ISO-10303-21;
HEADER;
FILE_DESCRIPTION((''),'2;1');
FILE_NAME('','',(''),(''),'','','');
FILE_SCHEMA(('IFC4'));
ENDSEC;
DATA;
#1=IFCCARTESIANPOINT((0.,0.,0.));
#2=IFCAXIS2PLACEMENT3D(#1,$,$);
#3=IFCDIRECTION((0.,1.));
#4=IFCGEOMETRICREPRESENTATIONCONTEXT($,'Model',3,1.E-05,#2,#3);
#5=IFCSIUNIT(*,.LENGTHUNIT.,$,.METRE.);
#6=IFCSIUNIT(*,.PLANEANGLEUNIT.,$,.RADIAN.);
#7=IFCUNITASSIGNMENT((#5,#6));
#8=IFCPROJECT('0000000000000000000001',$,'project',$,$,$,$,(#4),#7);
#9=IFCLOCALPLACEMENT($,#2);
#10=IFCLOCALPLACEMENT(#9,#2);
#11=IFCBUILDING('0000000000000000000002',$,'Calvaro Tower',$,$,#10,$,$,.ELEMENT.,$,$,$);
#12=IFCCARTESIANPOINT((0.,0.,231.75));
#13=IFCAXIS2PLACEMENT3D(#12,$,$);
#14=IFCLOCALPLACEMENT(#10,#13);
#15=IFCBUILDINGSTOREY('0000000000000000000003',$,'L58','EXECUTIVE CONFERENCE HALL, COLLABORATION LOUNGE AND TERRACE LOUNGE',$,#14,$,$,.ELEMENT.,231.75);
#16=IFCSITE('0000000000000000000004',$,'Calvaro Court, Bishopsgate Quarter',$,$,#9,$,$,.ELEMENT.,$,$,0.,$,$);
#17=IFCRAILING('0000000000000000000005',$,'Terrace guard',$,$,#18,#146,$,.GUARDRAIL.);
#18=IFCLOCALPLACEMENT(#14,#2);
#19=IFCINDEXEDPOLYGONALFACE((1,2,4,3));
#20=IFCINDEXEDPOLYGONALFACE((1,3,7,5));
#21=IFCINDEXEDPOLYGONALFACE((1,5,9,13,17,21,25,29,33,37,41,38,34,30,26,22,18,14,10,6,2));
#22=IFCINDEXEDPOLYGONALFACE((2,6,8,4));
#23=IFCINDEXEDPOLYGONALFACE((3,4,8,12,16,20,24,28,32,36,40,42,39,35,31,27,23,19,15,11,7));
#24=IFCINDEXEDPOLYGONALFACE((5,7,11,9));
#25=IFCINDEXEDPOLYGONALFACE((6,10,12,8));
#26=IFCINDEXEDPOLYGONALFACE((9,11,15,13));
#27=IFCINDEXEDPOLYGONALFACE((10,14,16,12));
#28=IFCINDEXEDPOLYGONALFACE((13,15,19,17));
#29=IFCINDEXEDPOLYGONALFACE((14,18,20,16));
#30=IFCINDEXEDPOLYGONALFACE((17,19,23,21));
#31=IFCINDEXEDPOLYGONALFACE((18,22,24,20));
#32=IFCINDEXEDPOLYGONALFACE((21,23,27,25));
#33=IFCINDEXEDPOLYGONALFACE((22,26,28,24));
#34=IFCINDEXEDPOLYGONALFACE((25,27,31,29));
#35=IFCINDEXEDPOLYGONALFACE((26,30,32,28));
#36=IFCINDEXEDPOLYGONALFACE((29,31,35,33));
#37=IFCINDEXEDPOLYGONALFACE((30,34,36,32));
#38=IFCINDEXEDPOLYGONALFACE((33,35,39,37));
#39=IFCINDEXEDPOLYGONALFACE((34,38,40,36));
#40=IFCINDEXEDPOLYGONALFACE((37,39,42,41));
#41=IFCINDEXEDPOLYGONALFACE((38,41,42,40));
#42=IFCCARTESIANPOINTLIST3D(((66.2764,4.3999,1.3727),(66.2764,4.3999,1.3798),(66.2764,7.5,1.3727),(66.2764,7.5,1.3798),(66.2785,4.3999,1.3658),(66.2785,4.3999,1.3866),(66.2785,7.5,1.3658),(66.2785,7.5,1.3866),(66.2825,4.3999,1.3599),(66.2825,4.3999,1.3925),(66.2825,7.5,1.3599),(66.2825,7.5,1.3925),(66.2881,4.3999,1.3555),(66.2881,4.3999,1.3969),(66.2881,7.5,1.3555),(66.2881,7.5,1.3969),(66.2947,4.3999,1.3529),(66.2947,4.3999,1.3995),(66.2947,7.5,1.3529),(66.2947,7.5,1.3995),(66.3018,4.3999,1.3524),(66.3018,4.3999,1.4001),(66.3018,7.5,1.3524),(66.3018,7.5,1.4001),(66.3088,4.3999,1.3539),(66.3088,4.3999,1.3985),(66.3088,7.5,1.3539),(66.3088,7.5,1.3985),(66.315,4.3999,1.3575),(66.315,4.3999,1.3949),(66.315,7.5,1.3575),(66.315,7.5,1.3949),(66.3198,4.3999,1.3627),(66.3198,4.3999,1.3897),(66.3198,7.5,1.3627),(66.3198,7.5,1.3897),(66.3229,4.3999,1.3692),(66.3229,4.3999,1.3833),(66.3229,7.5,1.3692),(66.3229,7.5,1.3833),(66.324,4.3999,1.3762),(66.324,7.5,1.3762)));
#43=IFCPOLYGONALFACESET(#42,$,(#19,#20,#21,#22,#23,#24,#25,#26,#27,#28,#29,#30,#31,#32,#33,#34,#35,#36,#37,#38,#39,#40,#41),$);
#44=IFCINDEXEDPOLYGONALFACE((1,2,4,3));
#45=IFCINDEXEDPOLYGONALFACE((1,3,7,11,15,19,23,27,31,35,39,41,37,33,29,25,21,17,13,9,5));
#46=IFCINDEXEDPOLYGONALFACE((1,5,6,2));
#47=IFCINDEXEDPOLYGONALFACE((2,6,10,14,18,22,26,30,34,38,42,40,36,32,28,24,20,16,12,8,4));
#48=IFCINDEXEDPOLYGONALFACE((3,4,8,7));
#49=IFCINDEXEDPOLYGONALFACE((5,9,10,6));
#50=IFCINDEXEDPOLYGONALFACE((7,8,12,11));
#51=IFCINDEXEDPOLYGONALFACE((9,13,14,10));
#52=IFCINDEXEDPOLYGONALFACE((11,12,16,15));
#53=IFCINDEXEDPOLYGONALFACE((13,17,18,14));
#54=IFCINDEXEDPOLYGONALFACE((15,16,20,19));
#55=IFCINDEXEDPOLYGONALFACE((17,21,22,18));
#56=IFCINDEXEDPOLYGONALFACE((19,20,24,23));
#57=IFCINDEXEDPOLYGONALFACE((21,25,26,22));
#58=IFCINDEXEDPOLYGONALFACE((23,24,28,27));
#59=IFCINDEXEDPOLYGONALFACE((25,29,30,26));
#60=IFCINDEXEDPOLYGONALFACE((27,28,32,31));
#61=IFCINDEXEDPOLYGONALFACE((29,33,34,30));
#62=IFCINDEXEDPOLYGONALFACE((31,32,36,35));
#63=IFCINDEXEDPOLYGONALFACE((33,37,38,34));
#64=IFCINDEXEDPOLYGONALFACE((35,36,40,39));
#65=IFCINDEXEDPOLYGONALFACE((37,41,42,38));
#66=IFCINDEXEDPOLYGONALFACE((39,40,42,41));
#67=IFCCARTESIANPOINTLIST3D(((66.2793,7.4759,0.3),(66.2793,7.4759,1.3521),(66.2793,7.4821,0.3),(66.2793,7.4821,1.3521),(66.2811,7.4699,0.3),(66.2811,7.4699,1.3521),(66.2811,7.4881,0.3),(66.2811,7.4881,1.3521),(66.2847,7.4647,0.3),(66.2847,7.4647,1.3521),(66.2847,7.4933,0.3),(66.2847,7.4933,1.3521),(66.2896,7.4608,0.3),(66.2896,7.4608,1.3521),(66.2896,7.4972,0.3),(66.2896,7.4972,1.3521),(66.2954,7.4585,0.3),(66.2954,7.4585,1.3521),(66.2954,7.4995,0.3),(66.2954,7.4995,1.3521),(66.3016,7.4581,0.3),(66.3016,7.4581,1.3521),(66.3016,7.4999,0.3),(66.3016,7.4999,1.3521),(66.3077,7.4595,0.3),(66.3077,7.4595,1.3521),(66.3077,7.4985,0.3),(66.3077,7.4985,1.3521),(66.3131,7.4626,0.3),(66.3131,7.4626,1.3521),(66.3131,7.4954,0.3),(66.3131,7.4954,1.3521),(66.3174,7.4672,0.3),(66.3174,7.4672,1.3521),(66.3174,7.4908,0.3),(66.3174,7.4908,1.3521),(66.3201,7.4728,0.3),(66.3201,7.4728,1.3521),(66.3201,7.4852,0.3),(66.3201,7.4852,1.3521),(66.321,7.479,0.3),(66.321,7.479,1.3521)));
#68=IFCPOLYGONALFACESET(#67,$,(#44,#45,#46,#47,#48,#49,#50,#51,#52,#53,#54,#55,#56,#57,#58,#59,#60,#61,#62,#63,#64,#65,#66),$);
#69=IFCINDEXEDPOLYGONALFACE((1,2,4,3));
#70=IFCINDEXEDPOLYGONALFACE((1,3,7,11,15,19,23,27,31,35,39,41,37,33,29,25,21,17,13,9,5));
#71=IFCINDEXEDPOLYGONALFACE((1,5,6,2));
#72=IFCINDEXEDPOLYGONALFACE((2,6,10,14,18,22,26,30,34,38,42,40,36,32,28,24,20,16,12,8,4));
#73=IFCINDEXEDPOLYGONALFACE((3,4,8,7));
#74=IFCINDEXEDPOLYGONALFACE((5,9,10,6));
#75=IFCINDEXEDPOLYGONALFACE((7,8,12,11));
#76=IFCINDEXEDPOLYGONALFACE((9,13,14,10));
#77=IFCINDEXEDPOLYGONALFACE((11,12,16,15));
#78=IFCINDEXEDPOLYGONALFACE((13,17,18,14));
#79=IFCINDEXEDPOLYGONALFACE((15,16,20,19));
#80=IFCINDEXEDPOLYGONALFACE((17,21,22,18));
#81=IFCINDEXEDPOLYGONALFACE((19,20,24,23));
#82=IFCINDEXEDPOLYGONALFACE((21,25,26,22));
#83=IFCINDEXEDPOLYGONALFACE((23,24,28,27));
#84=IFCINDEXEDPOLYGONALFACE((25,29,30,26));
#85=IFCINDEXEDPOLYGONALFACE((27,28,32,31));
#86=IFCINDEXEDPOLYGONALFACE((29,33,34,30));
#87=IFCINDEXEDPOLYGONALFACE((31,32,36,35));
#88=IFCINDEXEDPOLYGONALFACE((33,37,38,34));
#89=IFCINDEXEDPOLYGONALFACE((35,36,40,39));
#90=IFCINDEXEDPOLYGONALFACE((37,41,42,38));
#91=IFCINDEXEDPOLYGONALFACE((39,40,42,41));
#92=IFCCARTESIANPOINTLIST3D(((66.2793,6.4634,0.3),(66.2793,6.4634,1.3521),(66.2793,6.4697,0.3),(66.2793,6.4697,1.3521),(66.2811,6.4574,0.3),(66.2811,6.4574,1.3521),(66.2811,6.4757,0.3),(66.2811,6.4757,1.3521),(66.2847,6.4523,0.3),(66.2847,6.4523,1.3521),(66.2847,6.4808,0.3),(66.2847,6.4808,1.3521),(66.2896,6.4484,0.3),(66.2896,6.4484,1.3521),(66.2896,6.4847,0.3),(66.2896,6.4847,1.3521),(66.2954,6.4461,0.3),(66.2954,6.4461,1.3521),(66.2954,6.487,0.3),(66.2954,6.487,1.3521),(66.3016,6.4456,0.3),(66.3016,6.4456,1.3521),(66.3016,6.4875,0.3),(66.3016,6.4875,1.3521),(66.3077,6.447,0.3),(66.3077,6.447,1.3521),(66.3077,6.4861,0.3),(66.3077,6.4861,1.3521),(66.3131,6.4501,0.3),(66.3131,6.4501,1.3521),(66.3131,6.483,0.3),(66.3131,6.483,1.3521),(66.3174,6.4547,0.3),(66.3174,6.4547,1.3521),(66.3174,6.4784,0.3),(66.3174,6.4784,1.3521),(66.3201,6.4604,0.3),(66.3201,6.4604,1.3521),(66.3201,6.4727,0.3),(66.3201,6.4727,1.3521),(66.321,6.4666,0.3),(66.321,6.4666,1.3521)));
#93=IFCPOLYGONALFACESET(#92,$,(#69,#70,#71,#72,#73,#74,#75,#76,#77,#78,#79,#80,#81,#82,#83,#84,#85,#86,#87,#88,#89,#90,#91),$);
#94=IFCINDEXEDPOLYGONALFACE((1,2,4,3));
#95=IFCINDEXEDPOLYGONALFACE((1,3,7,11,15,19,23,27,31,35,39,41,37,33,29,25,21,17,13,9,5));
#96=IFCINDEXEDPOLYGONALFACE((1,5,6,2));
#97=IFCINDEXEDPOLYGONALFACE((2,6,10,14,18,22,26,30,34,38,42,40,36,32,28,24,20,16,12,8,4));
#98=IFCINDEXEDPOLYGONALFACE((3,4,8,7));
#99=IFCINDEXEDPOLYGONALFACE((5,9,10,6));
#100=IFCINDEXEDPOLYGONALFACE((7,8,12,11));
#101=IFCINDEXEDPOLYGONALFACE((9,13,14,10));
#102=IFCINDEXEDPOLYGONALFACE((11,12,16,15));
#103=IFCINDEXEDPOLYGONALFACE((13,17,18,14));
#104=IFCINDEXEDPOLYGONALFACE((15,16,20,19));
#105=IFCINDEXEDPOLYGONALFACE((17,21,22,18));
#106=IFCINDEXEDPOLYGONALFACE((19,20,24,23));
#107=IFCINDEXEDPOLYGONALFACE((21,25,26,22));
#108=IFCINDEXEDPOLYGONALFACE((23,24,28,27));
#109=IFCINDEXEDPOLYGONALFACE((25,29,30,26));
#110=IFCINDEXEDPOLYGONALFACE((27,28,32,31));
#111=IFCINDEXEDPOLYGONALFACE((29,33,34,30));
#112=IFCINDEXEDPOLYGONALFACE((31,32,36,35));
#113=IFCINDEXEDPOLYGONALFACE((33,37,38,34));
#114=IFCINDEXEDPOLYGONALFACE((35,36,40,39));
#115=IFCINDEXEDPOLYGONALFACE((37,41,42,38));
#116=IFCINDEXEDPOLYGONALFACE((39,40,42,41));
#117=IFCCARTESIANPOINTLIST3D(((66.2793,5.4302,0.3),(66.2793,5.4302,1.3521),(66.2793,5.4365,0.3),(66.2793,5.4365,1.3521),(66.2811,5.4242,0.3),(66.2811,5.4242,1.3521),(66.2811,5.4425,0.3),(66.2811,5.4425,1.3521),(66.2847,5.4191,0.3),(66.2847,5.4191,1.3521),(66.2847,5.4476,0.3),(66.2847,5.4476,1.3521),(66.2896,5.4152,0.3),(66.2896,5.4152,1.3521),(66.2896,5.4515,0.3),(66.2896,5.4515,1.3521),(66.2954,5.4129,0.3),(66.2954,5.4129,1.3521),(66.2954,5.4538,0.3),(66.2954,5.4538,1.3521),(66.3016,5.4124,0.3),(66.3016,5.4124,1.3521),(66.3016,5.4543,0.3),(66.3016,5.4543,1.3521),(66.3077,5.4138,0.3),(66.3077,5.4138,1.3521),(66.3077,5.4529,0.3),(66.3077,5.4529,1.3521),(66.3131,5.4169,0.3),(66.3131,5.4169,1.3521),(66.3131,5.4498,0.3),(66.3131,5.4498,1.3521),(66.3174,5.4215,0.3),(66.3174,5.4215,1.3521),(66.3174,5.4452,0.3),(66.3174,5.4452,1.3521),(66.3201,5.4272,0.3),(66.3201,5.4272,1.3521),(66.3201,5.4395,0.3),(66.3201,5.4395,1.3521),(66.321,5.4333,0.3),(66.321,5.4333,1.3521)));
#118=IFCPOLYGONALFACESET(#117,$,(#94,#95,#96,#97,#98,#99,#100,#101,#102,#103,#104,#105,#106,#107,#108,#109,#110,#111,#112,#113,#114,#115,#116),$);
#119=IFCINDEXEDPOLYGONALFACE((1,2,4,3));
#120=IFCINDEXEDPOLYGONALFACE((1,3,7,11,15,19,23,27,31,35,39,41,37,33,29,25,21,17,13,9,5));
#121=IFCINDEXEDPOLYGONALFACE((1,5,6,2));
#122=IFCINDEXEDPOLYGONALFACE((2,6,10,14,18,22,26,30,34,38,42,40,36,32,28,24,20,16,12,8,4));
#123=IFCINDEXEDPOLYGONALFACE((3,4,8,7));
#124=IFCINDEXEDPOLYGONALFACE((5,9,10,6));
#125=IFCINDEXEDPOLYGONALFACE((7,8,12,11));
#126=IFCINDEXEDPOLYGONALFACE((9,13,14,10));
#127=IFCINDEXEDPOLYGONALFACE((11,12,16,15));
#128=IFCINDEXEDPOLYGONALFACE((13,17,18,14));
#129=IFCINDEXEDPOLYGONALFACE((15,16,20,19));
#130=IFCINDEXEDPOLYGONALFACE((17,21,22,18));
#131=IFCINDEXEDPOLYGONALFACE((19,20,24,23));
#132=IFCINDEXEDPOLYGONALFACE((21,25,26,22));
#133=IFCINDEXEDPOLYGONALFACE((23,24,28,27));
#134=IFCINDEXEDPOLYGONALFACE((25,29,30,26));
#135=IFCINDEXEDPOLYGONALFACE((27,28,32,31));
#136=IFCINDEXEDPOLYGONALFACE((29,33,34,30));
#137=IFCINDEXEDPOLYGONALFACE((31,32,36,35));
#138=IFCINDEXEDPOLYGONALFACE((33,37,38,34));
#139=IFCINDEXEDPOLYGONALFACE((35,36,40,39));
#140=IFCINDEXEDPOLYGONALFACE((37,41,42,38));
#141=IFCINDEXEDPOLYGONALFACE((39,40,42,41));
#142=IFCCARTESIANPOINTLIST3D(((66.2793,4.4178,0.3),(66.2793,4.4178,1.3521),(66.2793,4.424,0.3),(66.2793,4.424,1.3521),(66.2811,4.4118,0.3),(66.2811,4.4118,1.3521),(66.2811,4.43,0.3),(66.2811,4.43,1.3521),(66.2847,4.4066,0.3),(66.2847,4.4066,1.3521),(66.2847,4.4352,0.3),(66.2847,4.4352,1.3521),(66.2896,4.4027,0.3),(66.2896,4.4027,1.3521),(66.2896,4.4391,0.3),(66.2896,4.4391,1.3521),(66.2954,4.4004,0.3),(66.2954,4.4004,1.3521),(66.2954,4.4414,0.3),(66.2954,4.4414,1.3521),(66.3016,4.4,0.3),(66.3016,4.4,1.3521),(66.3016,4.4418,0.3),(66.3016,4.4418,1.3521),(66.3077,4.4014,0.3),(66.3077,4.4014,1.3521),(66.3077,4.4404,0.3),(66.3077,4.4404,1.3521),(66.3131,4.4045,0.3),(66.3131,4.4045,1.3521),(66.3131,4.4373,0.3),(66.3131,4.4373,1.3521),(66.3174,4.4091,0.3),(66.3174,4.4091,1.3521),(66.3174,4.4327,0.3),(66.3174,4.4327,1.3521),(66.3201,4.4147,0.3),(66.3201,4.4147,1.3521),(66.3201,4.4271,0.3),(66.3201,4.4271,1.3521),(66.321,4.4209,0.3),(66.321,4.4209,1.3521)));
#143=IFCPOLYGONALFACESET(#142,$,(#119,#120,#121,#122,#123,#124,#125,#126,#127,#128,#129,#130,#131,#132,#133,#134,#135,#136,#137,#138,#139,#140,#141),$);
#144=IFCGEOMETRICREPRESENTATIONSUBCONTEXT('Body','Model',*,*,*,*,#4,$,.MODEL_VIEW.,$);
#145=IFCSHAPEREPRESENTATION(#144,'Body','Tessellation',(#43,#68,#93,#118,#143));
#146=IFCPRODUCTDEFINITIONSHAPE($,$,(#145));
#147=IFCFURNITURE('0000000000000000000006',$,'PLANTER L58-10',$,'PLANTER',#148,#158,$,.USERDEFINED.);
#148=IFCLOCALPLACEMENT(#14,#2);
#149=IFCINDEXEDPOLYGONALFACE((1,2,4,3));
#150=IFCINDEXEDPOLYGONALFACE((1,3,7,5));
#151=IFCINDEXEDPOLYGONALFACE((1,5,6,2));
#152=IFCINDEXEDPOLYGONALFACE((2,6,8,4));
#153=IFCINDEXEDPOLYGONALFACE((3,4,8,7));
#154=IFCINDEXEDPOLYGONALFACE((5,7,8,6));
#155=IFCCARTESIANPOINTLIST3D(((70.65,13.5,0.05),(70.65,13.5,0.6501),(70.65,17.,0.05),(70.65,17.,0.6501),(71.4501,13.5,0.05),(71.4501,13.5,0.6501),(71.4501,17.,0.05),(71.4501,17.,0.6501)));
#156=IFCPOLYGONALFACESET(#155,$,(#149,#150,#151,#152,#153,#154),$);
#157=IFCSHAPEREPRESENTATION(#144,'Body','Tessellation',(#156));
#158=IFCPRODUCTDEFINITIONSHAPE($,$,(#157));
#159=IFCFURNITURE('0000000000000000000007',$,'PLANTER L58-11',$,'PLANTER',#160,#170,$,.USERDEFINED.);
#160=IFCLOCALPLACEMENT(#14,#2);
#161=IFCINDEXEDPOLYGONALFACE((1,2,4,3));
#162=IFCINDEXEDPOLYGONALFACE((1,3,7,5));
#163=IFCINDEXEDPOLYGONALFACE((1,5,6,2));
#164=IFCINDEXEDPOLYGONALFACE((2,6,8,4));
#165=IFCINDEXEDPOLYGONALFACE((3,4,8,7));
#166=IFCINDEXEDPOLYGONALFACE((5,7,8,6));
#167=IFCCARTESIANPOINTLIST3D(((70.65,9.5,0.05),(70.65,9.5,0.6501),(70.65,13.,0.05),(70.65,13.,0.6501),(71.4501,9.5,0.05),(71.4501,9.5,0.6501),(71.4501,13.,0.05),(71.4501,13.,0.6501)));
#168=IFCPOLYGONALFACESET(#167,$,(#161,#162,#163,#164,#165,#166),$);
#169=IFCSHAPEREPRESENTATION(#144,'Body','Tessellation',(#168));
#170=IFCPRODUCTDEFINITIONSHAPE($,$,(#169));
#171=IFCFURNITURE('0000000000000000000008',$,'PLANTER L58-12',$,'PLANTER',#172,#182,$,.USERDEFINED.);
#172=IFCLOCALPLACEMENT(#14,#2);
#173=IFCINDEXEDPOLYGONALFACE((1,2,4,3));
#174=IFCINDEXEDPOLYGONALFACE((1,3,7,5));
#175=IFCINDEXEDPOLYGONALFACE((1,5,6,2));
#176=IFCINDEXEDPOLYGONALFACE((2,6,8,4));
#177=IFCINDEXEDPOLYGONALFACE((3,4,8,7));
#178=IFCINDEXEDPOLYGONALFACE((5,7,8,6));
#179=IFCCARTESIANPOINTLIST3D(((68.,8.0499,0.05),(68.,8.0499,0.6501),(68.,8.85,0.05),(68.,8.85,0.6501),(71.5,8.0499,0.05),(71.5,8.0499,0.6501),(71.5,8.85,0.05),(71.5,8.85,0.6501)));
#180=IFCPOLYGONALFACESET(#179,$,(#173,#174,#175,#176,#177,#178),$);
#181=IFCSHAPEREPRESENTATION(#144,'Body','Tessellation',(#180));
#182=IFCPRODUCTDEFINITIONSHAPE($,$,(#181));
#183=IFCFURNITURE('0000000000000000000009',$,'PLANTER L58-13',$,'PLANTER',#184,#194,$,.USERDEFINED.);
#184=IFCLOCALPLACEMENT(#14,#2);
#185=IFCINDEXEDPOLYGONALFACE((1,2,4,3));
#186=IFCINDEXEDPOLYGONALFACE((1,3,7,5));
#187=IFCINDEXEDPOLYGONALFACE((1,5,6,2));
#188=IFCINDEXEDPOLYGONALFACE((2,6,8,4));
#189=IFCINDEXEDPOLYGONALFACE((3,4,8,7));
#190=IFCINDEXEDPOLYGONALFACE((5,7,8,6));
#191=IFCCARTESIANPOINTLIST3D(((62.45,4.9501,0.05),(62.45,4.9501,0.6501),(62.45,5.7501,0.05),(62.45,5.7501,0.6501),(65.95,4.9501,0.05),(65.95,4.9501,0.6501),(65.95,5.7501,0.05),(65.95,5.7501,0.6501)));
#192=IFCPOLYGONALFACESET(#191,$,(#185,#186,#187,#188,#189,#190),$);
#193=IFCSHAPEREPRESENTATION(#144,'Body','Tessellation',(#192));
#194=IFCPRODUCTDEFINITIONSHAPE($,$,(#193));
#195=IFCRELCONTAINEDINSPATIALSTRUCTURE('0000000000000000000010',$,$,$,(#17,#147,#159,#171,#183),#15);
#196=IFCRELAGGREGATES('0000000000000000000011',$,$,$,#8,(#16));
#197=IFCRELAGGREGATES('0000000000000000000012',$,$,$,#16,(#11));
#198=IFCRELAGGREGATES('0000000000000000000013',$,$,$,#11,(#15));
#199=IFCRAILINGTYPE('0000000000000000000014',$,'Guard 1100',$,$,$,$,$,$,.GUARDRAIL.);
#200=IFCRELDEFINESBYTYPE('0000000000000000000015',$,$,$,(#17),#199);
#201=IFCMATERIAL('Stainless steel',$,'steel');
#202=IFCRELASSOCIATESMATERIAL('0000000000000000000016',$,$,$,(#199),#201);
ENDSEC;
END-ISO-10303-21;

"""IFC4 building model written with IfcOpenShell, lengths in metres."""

from ifc_helpers import new_model, si_unit, direction, frame, origin, origin_2d, place, context, subcontext, project, spatial, rectangle, circle, extrude, material, type_object, element, save


model = new_model("IFC4")

# Units and contexts
model_context = context("Model", 3, precision=1e-05, world=origin(), true_north=direction((0.0, 1.0)))
body_context = subcontext(model_context, "Body", "Model", "MODEL_VIEW")
ifc_project = project(units=[si_unit("LENGTHUNIT", "METRE"), si_unit("PLANEANGLEUNIT", "RADIAN")], contexts=[model_context])

# Site, building, storey
site_placement = place(None, origin())
site = spatial("IfcSite", under=ifc_project, at=site_placement, Name="Calvaro Court, Bishopsgate Quarter", CompositionType="ELEMENT", RefElevation=0.0)
building_placement = place(site_placement, origin())
building = spatial("IfcBuilding", under=site, at=building_placement, Name="Calvaro Tower", CompositionType="ELEMENT")
storey_placement = place(building_placement, frame((0.0, 0.0, 231.75)))
storey = spatial("IfcBuildingStorey", under=building, at=storey_placement, Name="L58", Description="EXECUTIVE CONFERENCE HALL, COLLABORATION LOUNGE AND TERRACE LOUNGE", CompositionType="ELEMENT", Elevation=231.75)

# Railing
ifc_material_1 = material(Name="Stainless steel", Category="steel")
railing_type = type_object("IfcRailingType", Name="Guard 1100", PredefinedType="GUARDRAIL", material=ifc_material_1)
railing_1_placement = place(storey_placement, frame((66.3, 7.5, 0.3)))
element("IfcRailing", 1, at=railing_1_placement, inside=storey, type_object=railing_type, Name="Terrace guard", PredefinedType="GUARDRAIL", context=body_context, shape_type="SweptSolid", body=[
    extrude(circle(Radius=0.0239, at=origin_2d()), frame((0.0, 0.0, 1.0762), z_axis=(0.0, -1.0, 0.0), x_axis=(1.0, 0.0, 0.0)), (0.0, 0.0, 1.0), 3.1001),
    extrude(circle(Radius=0.021, at=origin_2d()), frame((0.0, -0.021, 0.0)), (0.0, 0.0, 1.0), 1.052),
    extrude(circle(Radius=0.021, at=origin_2d()), frame((0.0, -1.0334, 0.0)), (0.0, 0.0, 1.0), 1.052),
    extrude(circle(Radius=0.021, at=origin_2d()), frame((0.0, -2.0667, 0.0)), (0.0, 0.0, 1.0), 1.052),
    extrude(circle(Radius=0.021, at=origin_2d()), frame((0.0, -3.0791, 0.0)), (0.0, 0.0, 1.0), 1.052),
])

# Furniture
for number, where, z_axis, x_axis, name in (
    (2, (71.05, 15.25, 0.05), (0.0, 0.0, 1.0), (1.0, 0.0, 0.0), "PLANTER L58-10"),
    (3, (71.05, 11.25, 0.05), (0.0, 0.0, 1.0), (1.0, 0.0, 0.0), "PLANTER L58-11"),
):
    element("IfcFurniture", number, at=place(storey_placement, frame(where, z_axis=z_axis, x_axis=x_axis)), inside=storey, Name=name, ObjectType="PLANTER", PredefinedType="USERDEFINED", context=body_context, shape_type="SweptSolid", body=[
        extrude(rectangle(XDim=0.8, YDim=3.5, at=origin_2d()), origin(), (0.0, 0.0, 1.0), 0.6001),
    ])
for number, where, z_axis, x_axis, name in (
    (4, (69.75, 8.45, 0.05), (0.0, 0.0, 1.0), (1.0, 0.0, 0.0), "PLANTER L58-12"),
    (5, (64.2, 5.3501, 0.05), (0.0, 0.0, 1.0), (1.0, 0.0, 0.0), "PLANTER L58-13"),
):
    element("IfcFurniture", number, at=place(storey_placement, frame(where, z_axis=z_axis, x_axis=x_axis)), inside=storey, Name=name, ObjectType="PLANTER", PredefinedType="USERDEFINED", context=body_context, shape_type="SweptSolid", body=[
        extrude(rectangle(XDim=3.5, YDim=0.8, at=origin_2d()), origin(), (0.0, 0.0, 1.0), 0.6001),
    ])

save(model, "model.ifc")
